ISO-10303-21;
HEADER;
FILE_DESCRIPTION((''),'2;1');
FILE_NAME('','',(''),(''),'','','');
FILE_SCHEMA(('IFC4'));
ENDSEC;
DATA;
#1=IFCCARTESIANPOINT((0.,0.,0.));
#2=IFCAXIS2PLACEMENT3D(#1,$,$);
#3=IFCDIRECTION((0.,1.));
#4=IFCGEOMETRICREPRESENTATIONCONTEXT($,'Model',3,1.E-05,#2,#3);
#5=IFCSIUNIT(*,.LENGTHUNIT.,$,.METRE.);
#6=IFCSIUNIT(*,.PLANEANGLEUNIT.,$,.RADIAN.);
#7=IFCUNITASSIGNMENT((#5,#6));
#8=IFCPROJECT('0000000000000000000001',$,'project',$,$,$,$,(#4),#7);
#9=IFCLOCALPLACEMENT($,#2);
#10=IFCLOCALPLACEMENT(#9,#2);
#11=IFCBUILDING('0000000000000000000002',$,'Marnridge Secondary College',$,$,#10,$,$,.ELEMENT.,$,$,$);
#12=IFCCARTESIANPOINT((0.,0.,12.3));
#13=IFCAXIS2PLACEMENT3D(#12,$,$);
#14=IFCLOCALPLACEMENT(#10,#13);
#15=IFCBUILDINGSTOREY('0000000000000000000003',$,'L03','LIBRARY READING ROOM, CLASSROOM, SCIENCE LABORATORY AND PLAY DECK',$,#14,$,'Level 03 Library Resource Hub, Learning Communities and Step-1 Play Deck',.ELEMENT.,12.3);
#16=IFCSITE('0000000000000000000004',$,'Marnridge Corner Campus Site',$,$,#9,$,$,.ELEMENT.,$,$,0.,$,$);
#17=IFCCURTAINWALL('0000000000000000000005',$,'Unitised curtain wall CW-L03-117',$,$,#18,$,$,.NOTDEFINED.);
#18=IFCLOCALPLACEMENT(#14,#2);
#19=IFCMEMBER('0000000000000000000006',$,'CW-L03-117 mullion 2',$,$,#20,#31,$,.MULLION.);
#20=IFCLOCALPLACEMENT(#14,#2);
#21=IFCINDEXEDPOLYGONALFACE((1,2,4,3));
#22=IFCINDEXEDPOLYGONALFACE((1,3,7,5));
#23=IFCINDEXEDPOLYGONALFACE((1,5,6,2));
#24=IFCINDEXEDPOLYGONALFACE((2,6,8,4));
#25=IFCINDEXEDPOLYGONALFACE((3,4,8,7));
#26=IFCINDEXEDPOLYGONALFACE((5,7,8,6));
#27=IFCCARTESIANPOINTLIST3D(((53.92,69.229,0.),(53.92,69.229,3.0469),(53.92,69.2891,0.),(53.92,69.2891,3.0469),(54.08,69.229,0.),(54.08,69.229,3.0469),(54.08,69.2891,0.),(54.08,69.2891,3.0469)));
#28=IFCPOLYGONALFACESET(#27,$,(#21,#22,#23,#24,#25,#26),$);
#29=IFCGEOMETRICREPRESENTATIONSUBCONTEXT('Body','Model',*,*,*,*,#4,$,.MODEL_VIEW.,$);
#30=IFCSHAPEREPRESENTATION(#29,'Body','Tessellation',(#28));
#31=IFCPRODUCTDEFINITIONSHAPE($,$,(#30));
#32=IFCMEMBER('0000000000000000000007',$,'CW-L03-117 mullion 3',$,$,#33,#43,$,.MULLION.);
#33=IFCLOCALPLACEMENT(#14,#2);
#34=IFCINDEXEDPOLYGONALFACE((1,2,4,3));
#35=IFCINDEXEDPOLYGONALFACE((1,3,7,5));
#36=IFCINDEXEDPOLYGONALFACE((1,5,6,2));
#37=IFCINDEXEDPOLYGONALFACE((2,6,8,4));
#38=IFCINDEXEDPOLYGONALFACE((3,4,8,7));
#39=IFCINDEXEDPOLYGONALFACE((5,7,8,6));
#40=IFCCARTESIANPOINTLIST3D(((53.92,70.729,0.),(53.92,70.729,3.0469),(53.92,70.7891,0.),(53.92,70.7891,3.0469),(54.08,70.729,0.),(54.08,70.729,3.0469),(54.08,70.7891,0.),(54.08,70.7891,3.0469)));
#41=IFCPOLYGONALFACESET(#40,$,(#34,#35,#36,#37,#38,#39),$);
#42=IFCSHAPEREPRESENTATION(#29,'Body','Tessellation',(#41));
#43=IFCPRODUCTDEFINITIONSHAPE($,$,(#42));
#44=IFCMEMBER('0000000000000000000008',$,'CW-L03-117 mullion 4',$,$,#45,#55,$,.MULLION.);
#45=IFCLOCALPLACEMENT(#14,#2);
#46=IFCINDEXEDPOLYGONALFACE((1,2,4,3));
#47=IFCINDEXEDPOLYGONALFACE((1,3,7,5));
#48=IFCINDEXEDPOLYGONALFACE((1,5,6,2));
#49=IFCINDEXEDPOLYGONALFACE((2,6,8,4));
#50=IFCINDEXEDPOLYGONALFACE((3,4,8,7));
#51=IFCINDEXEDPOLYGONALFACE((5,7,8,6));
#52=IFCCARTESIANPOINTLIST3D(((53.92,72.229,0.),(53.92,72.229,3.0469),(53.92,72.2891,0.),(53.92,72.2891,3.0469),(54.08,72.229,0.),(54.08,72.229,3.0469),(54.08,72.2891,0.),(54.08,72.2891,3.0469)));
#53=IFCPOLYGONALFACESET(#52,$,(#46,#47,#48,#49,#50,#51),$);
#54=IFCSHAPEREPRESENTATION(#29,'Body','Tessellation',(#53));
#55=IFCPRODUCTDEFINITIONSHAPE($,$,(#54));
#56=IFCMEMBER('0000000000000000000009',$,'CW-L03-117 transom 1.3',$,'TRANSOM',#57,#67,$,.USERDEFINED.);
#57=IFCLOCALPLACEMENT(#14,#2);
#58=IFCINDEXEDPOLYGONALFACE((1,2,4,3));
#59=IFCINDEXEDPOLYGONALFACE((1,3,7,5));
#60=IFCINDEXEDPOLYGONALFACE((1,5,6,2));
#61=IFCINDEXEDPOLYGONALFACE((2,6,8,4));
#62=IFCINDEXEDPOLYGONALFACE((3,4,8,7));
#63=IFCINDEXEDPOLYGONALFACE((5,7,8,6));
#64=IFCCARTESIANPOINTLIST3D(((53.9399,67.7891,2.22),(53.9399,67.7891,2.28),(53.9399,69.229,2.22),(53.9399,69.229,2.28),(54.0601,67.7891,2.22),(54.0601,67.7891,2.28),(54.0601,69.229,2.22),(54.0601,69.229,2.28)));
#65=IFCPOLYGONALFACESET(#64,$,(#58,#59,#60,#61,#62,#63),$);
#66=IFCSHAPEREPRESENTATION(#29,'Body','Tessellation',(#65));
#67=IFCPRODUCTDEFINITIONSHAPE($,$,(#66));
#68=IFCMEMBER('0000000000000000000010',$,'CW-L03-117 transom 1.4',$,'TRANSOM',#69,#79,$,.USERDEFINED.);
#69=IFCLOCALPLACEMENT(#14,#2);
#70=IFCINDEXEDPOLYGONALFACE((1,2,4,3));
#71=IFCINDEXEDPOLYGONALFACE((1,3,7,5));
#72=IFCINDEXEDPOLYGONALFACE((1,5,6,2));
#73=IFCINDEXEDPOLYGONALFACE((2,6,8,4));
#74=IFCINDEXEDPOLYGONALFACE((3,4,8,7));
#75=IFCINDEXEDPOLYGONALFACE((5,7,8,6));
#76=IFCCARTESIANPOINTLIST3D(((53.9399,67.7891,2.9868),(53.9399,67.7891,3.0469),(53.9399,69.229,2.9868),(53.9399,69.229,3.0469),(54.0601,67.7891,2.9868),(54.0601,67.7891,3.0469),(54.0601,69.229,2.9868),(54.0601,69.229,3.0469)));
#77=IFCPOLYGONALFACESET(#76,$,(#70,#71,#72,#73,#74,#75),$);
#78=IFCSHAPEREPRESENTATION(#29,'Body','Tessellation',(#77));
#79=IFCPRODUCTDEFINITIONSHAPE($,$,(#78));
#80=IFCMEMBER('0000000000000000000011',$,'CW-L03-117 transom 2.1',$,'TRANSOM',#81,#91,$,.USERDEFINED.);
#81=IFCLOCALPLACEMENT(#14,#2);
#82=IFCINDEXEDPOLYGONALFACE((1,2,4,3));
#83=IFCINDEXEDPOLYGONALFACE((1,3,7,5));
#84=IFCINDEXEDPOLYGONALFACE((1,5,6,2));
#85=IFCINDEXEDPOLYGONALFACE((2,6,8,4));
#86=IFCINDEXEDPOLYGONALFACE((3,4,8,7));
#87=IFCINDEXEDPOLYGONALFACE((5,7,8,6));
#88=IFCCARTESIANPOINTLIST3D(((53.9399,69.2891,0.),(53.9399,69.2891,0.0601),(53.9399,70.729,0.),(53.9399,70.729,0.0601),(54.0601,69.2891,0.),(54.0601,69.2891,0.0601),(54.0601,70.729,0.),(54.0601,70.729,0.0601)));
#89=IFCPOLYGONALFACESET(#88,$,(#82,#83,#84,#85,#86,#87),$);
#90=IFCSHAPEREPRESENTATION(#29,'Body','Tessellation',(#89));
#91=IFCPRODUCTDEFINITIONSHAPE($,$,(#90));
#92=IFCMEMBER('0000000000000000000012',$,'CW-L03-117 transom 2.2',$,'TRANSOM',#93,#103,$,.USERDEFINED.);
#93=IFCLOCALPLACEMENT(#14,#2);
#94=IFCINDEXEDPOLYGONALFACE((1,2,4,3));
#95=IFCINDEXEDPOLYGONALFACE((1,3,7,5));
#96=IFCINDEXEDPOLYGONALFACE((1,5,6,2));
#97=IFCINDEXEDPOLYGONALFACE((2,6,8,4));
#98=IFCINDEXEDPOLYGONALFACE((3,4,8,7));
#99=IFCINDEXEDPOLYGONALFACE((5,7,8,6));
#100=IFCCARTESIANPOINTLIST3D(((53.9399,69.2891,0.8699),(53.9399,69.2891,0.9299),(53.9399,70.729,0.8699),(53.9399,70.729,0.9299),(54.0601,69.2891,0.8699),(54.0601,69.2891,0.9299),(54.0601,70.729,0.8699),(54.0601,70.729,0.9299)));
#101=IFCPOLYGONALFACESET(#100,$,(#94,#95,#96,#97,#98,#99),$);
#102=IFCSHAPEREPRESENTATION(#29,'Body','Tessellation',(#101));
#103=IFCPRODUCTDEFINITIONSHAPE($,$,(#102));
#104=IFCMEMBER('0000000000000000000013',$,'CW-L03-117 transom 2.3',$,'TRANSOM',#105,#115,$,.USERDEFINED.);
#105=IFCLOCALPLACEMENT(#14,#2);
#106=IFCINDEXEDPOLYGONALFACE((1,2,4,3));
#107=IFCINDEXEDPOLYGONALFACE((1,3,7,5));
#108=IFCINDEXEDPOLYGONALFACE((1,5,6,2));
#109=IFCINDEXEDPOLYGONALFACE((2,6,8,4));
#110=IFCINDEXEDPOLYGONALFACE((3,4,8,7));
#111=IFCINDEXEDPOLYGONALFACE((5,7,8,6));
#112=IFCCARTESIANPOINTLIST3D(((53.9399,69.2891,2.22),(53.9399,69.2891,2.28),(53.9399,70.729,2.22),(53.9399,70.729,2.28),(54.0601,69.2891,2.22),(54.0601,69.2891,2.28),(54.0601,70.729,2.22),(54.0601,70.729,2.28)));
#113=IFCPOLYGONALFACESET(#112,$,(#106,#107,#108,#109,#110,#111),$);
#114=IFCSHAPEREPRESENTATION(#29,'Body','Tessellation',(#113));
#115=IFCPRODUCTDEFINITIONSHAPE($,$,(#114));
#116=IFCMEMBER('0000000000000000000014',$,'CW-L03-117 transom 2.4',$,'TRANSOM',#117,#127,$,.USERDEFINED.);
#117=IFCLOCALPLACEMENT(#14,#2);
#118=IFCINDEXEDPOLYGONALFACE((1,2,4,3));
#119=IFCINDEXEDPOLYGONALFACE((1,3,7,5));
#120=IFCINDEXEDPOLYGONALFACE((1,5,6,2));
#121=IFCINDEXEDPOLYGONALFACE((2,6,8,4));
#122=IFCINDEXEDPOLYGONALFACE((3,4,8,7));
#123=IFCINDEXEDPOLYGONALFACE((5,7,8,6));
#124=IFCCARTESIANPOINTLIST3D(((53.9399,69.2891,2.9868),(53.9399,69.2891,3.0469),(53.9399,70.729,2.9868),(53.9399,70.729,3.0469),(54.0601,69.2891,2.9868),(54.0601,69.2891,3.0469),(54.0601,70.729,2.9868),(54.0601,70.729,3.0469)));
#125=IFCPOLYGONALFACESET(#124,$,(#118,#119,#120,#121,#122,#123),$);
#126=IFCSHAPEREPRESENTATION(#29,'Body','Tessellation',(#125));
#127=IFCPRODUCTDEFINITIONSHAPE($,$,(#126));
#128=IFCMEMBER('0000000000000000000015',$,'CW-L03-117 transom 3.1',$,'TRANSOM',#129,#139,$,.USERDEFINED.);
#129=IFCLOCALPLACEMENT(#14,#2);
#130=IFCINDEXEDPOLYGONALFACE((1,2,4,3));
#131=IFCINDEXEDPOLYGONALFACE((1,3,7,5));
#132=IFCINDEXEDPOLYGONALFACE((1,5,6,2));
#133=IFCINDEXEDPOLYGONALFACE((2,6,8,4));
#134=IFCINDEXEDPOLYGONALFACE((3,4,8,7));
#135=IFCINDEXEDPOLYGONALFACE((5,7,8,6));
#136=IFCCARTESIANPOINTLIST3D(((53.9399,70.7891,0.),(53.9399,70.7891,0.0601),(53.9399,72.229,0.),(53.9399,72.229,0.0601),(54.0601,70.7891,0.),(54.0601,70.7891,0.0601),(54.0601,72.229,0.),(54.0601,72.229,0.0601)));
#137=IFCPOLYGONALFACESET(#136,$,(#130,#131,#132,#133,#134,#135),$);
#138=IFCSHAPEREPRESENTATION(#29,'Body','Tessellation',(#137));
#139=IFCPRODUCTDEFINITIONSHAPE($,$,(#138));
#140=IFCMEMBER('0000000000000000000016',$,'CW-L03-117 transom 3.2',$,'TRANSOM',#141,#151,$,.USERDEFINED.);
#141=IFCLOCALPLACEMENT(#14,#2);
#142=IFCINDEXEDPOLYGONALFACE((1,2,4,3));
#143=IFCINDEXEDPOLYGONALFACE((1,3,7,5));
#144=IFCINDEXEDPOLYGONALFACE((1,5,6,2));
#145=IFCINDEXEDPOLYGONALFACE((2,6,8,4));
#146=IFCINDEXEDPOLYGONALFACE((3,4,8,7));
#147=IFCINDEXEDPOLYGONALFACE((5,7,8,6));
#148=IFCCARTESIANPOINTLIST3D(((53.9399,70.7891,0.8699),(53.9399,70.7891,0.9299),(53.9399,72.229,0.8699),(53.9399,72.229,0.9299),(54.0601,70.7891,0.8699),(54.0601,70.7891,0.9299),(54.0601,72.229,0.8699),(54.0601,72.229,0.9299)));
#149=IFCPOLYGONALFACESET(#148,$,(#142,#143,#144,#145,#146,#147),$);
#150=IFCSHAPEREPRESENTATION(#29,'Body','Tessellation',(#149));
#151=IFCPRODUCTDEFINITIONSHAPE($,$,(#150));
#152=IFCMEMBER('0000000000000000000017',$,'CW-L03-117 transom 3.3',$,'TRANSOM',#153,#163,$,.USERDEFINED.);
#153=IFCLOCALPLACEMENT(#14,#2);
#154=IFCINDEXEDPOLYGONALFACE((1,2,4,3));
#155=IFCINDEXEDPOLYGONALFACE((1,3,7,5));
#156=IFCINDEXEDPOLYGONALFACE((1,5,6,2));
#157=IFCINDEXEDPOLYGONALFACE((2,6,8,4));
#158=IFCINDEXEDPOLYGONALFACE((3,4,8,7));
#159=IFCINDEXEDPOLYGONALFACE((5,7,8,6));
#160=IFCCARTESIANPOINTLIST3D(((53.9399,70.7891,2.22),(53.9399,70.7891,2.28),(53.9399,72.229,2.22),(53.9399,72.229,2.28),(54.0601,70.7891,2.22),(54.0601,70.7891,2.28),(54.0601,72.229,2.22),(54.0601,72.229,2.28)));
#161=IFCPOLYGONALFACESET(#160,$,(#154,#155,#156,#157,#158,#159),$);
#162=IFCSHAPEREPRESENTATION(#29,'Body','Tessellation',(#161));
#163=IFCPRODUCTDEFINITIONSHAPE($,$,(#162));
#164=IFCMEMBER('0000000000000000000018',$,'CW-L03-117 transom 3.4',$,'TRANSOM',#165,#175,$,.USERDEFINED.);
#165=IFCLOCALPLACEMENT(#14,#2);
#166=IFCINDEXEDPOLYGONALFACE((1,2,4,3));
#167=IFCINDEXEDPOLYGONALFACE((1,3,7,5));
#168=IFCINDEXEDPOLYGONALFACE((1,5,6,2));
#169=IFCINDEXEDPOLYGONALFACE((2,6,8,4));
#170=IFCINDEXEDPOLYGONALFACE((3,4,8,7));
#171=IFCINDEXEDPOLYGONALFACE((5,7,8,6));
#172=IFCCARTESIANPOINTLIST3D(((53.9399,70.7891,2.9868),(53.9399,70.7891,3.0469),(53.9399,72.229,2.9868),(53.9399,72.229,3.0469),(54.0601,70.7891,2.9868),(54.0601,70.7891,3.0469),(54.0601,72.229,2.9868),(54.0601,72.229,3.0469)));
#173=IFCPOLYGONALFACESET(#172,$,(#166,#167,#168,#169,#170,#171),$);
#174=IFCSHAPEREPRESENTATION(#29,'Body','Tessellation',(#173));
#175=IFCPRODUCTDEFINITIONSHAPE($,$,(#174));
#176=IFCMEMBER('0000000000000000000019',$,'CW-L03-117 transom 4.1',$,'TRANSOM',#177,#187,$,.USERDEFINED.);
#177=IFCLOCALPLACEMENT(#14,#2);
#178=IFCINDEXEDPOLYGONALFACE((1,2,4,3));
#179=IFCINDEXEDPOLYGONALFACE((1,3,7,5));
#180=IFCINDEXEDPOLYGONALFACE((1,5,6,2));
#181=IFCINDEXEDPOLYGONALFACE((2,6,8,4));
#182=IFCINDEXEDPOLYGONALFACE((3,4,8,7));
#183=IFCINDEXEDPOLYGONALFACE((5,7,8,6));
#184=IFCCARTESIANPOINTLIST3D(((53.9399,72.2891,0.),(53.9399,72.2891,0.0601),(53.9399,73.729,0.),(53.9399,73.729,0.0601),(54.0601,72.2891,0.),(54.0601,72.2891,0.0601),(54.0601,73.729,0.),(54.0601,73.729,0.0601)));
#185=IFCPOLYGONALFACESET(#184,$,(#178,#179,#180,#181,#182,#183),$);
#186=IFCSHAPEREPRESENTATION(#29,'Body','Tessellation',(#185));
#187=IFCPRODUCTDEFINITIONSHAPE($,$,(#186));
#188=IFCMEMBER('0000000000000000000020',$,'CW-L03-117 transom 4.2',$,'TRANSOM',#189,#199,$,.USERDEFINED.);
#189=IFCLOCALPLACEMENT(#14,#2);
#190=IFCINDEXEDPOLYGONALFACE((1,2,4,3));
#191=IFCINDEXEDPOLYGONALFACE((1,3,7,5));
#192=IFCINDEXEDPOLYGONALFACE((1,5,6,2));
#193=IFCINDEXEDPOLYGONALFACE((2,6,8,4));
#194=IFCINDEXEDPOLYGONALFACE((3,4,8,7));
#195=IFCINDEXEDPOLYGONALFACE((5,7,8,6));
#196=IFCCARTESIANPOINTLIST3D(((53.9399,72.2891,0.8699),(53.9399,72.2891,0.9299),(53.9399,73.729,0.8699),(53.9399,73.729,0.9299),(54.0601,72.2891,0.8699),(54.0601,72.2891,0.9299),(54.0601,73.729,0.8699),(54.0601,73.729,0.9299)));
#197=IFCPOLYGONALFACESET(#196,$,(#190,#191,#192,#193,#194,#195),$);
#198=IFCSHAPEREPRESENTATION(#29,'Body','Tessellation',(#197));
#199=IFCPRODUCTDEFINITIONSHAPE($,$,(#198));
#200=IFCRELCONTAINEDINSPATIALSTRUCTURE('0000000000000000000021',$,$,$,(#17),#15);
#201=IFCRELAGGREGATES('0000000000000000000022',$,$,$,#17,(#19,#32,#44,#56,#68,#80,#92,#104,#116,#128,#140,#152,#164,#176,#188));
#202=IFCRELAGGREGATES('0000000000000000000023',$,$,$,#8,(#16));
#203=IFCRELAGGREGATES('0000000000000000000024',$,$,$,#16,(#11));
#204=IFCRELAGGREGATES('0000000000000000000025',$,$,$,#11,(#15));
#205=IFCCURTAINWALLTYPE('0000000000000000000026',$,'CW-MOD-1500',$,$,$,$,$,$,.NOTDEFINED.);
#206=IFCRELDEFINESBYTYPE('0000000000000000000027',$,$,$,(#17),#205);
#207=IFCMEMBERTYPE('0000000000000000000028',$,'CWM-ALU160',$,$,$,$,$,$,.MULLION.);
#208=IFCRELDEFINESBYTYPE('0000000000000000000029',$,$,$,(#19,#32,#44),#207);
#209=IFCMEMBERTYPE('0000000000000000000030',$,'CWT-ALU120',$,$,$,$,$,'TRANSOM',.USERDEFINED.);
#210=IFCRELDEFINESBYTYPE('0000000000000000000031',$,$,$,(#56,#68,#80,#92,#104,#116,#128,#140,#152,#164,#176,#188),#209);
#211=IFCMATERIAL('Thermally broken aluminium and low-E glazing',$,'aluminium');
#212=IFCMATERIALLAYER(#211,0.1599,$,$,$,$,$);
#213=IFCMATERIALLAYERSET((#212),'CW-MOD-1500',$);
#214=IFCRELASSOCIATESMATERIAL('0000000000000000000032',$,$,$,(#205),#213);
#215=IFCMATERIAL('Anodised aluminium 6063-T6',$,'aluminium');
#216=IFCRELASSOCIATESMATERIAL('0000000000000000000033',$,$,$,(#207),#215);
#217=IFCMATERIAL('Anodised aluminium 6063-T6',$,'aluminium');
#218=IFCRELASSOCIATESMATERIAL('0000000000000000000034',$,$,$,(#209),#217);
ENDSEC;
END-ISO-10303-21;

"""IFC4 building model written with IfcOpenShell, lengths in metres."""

from ifc_helpers import new_model, si_unit, direction, frame, origin, origin_2d, place, context, subcontext, project, spatial, rectangle, extrude, material, layer, layer_set, material_profile, profile_set, type_object, element, aggregate, save


model = new_model("IFC4")

# Units and contexts
model_context = context("Model", 3, precision=1e-05, world=origin(), true_north=direction((0.0, 1.0)))
body_context = subcontext(model_context, "Body", "Model", "MODEL_VIEW")
ifc_project = project(units=[si_unit("LENGTHUNIT", "METRE"), si_unit("PLANEANGLEUNIT", "RADIAN")], contexts=[model_context])

# Site, building, storey
site_placement = place(None, origin())
site = spatial("IfcSite", under=ifc_project, at=site_placement, Name="Marnridge Corner Campus Site", CompositionType="ELEMENT", RefElevation=0.0)
building_placement = place(site_placement, origin())
building = spatial("IfcBuilding", under=site, at=building_placement, Name="Marnridge Secondary College", CompositionType="ELEMENT")
storey_placement = place(building_placement, frame((0.0, 0.0, 12.3)))
storey = spatial("IfcBuildingStorey", under=building, at=storey_placement, Name="L03", Description="LIBRARY READING ROOM, CLASSROOM, SCIENCE LABORATORY AND PLAY DECK", LongName="Level 03 Library Resource Hub, Learning Communities and Step-1 Play Deck", CompositionType="ELEMENT", Elevation=12.3)

# Curtain wall, members
ifc_material_1 = material(Name="Thermally broken aluminium and low-E glazing", Category="aluminium")
ifc_layer_1 = layer(ifc_material_1, 0.1599)
ifc_layer_set_1 = layer_set([ifc_layer_1], Name="CW-MOD-1500")
curtain_wall_type = type_object("IfcCurtainWallType", Name="CW-MOD-1500", PredefinedType="NOTDEFINED", material=ifc_layer_set_1)
curtain_wall_placement = place(storey_placement, origin())
curtain_wall = element("IfcCurtainWall", 1, at=curtain_wall_placement, inside=storey, type_object=curtain_wall_type, Name="Unitised curtain wall CW-L03-117", PredefinedType="NOTDEFINED")
ifc_material_2 = material(Name="Anodised aluminium 6063-T6", Category="aluminium")
ifc_material_profile_1 = material_profile(ifc_material_2, rectangle(XDim=0.0601, YDim=0.1599, at=origin_2d()), Name="ALU 60x160")
ifc_profile_set_1 = profile_set([ifc_material_profile_1], Name="Anodised aluminium 6063-T6")
member_type_1 = type_object("IfcMemberType", Name="CWM-ALU160", PredefinedType="MULLION", material=ifc_profile_set_1)
member_1_placement = place(storey_placement, frame((54.0, 69.259, 0.0), z_axis=(0.0, 0.0, 1.0), x_axis=(0.0, 1.0, 0.0)))
member_1 = element("IfcMember", 2, at=member_1_placement, type_object=member_type_1, Name="CW-L03-117 mullion 2", PredefinedType="MULLION", context=body_context, shape_type="SweptSolid", body=[
    extrude(rectangle(XDim=0.0601, YDim=0.1599, at=origin_2d()), origin(), (0.0, 0.0, 1.0), 3.0469),
])
member_2_placement = place(storey_placement, frame((54.0, 70.759, 0.0), z_axis=(0.0, 0.0, 1.0), x_axis=(0.0, 1.0, 0.0)))
member_2 = element("IfcMember", 3, at=member_2_placement, type_object=member_type_1, Name="CW-L03-117 mullion 3", PredefinedType="MULLION", context=body_context, shape_type="SweptSolid", body=[
    extrude(rectangle(XDim=0.0601, YDim=0.1599, at=origin_2d()), origin(), (0.0, 0.0, 1.0), 3.0469),
])
member_3_placement = place(storey_placement, frame((54.0, 72.259, 0.0), z_axis=(0.0, 0.0, 1.0), x_axis=(0.0, 1.0, 0.0)))
member_3 = element("IfcMember", 4, at=member_3_placement, type_object=member_type_1, Name="CW-L03-117 mullion 4", PredefinedType="MULLION", context=body_context, shape_type="SweptSolid", body=[
    extrude(rectangle(XDim=0.0601, YDim=0.1599, at=origin_2d()), origin(), (0.0, 0.0, 1.0), 3.0469),
])
ifc_material_3 = material(Name="Anodised aluminium 6063-T6", Category="aluminium")
ifc_material_profile_2 = material_profile(ifc_material_3, rectangle(XDim=0.0601, YDim=0.1201, at=origin_2d()), Name="ALU 60x120")
ifc_profile_set_2 = profile_set([ifc_material_profile_2], Name="Anodised aluminium 6063-T6")
member_type_2 = type_object("IfcMemberType", Name="CWT-ALU120", ElementType="TRANSOM", PredefinedType="USERDEFINED", material=ifc_profile_set_2)
member_4_placement = place(storey_placement, frame((54.0, 67.7891, 2.25), z_axis=(0.0, 1.0, 0.0), x_axis=(0.0, 0.0, 1.0)))
member_4 = element("IfcMember", 5, at=member_4_placement, type_object=member_type_2, Name="CW-L03-117 transom 1.3", ObjectType="TRANSOM", PredefinedType="USERDEFINED", context=body_context, shape_type="SweptSolid", body=[
    extrude(rectangle(XDim=0.0601, YDim=0.1201, at=origin_2d()), origin(), (0.0, 0.0, 1.0), 1.4399),
])
member_5_placement = place(storey_placement, frame((54.0, 67.7891, 3.0168), z_axis=(0.0, 1.0, 0.0), x_axis=(0.0, 0.0, 1.0)))
member_5 = element("IfcMember", 6, at=member_5_placement, type_object=member_type_2, Name="CW-L03-117 transom 1.4", ObjectType="TRANSOM", PredefinedType="USERDEFINED", context=body_context, shape_type="SweptSolid", body=[
    extrude(rectangle(XDim=0.0601, YDim=0.1201, at=origin_2d()), origin(), (0.0, 0.0, 1.0), 1.4399),
])
member_6_placement = place(storey_placement, frame((54.0, 69.2891, 0.03), z_axis=(0.0, 1.0, 0.0), x_axis=(0.0, 0.0, 1.0)))
member_6 = element("IfcMember", 7, at=member_6_placement, type_object=member_type_2, Name="CW-L03-117 transom 2.1", ObjectType="TRANSOM", PredefinedType="USERDEFINED", context=body_context, shape_type="SweptSolid", body=[
    extrude(rectangle(XDim=0.0601, YDim=0.1201, at=origin_2d()), origin(), (0.0, 0.0, 1.0), 1.4399),
])
member_7_placement = place(storey_placement, frame((54.0, 69.2891, 0.8999), z_axis=(0.0, 1.0, 0.0), x_axis=(0.0, 0.0, 1.0)))
member_7 = element("IfcMember", 8, at=member_7_placement, type_object=member_type_2, Name="CW-L03-117 transom 2.2", ObjectType="TRANSOM", PredefinedType="USERDEFINED", context=body_context, shape_type="SweptSolid", body=[
    extrude(rectangle(XDim=0.0601, YDim=0.1201, at=origin_2d()), origin(), (0.0, 0.0, 1.0), 1.4399),
])
member_8_placement = place(storey_placement, frame((54.0, 69.2891, 2.25), z_axis=(0.0, 1.0, 0.0), x_axis=(0.0, 0.0, 1.0)))
member_8 = element("IfcMember", 9, at=member_8_placement, type_object=member_type_2, Name="CW-L03-117 transom 2.3", ObjectType="TRANSOM", PredefinedType="USERDEFINED", context=body_context, shape_type="SweptSolid", body=[
    extrude(rectangle(XDim=0.0601, YDim=0.1201, at=origin_2d()), origin(), (0.0, 0.0, 1.0), 1.4399),
])
member_9_placement = place(storey_placement, frame((54.0, 69.2891, 3.0168), z_axis=(0.0, 1.0, 0.0), x_axis=(0.0, 0.0, 1.0)))
member_9 = element("IfcMember", 10, at=member_9_placement, type_object=member_type_2, Name="CW-L03-117 transom 2.4", ObjectType="TRANSOM", PredefinedType="USERDEFINED", context=body_context, shape_type="SweptSolid", body=[
    extrude(rectangle(XDim=0.0601, YDim=0.1201, at=origin_2d()), origin(), (0.0, 0.0, 1.0), 1.4399),
])
member_10_placement = place(storey_placement, frame((54.0, 70.7891, 0.03), z_axis=(0.0, 1.0, 0.0), x_axis=(0.0, 0.0, 1.0)))
member_10 = element("IfcMember", 11, at=member_10_placement, type_object=member_type_2, Name="CW-L03-117 transom 3.1", ObjectType="TRANSOM", PredefinedType="USERDEFINED", context=body_context, shape_type="SweptSolid", body=[
    extrude(rectangle(XDim=0.0601, YDim=0.1201, at=origin_2d()), origin(), (0.0, 0.0, 1.0), 1.4399),
])
member_11_placement = place(storey_placement, frame((54.0, 70.7891, 0.8999), z_axis=(0.0, 1.0, 0.0), x_axis=(0.0, 0.0, 1.0)))
member_11 = element("IfcMember", 12, at=member_11_placement, type_object=member_type_2, Name="CW-L03-117 transom 3.2", ObjectType="TRANSOM", PredefinedType="USERDEFINED", context=body_context, shape_type="SweptSolid", body=[
    extrude(rectangle(XDim=0.0601, YDim=0.1201, at=origin_2d()), origin(), (0.0, 0.0, 1.0), 1.4399),
])
member_12_placement = place(storey_placement, frame((54.0, 70.7891, 2.25), z_axis=(0.0, 1.0, 0.0), x_axis=(0.0, 0.0, 1.0)))
member_12 = element("IfcMember", 13, at=member_12_placement, type_object=member_type_2, Name="CW-L03-117 transom 3.3", ObjectType="TRANSOM", PredefinedType="USERDEFINED", context=body_context, shape_type="SweptSolid", body=[
    extrude(rectangle(XDim=0.0601, YDim=0.1201, at=origin_2d()), origin(), (0.0, 0.0, 1.0), 1.4399),
])
member_13_placement = place(storey_placement, frame((54.0, 70.7891, 3.0168), z_axis=(0.0, 1.0, 0.0), x_axis=(0.0, 0.0, 1.0)))
member_13 = element("IfcMember", 14, at=member_13_placement, type_object=member_type_2, Name="CW-L03-117 transom 3.4", ObjectType="TRANSOM", PredefinedType="USERDEFINED", context=body_context, shape_type="SweptSolid", body=[
    extrude(rectangle(XDim=0.0601, YDim=0.1201, at=origin_2d()), origin(), (0.0, 0.0, 1.0), 1.4399),
])
member_14_placement = place(storey_placement, frame((54.0, 72.2891, 0.03), z_axis=(0.0, 1.0, 0.0), x_axis=(0.0, 0.0, 1.0)))
member_14 = element("IfcMember", 15, at=member_14_placement, type_object=member_type_2, Name="CW-L03-117 transom 4.1", ObjectType="TRANSOM", PredefinedType="USERDEFINED", context=body_context, shape_type="SweptSolid", body=[
    extrude(rectangle(XDim=0.0601, YDim=0.1201, at=origin_2d()), origin(), (0.0, 0.0, 1.0), 1.4399),
])
member_15_placement = place(storey_placement, frame((54.0, 72.2891, 0.8999), z_axis=(0.0, 1.0, 0.0), x_axis=(0.0, 0.0, 1.0)))
member_15 = element("IfcMember", 16, at=member_15_placement, type_object=member_type_2, Name="CW-L03-117 transom 4.2", ObjectType="TRANSOM", PredefinedType="USERDEFINED", context=body_context, shape_type="SweptSolid", body=[
    extrude(rectangle(XDim=0.0601, YDim=0.1201, at=origin_2d()), origin(), (0.0, 0.0, 1.0), 1.4399),
])
aggregate(curtain_wall, [member_1, member_2, member_3, member_4, member_5, member_6, member_7, member_8, member_9, member_10, member_11, member_12, member_13, member_14, member_15])

save(model, "model.ifc")
